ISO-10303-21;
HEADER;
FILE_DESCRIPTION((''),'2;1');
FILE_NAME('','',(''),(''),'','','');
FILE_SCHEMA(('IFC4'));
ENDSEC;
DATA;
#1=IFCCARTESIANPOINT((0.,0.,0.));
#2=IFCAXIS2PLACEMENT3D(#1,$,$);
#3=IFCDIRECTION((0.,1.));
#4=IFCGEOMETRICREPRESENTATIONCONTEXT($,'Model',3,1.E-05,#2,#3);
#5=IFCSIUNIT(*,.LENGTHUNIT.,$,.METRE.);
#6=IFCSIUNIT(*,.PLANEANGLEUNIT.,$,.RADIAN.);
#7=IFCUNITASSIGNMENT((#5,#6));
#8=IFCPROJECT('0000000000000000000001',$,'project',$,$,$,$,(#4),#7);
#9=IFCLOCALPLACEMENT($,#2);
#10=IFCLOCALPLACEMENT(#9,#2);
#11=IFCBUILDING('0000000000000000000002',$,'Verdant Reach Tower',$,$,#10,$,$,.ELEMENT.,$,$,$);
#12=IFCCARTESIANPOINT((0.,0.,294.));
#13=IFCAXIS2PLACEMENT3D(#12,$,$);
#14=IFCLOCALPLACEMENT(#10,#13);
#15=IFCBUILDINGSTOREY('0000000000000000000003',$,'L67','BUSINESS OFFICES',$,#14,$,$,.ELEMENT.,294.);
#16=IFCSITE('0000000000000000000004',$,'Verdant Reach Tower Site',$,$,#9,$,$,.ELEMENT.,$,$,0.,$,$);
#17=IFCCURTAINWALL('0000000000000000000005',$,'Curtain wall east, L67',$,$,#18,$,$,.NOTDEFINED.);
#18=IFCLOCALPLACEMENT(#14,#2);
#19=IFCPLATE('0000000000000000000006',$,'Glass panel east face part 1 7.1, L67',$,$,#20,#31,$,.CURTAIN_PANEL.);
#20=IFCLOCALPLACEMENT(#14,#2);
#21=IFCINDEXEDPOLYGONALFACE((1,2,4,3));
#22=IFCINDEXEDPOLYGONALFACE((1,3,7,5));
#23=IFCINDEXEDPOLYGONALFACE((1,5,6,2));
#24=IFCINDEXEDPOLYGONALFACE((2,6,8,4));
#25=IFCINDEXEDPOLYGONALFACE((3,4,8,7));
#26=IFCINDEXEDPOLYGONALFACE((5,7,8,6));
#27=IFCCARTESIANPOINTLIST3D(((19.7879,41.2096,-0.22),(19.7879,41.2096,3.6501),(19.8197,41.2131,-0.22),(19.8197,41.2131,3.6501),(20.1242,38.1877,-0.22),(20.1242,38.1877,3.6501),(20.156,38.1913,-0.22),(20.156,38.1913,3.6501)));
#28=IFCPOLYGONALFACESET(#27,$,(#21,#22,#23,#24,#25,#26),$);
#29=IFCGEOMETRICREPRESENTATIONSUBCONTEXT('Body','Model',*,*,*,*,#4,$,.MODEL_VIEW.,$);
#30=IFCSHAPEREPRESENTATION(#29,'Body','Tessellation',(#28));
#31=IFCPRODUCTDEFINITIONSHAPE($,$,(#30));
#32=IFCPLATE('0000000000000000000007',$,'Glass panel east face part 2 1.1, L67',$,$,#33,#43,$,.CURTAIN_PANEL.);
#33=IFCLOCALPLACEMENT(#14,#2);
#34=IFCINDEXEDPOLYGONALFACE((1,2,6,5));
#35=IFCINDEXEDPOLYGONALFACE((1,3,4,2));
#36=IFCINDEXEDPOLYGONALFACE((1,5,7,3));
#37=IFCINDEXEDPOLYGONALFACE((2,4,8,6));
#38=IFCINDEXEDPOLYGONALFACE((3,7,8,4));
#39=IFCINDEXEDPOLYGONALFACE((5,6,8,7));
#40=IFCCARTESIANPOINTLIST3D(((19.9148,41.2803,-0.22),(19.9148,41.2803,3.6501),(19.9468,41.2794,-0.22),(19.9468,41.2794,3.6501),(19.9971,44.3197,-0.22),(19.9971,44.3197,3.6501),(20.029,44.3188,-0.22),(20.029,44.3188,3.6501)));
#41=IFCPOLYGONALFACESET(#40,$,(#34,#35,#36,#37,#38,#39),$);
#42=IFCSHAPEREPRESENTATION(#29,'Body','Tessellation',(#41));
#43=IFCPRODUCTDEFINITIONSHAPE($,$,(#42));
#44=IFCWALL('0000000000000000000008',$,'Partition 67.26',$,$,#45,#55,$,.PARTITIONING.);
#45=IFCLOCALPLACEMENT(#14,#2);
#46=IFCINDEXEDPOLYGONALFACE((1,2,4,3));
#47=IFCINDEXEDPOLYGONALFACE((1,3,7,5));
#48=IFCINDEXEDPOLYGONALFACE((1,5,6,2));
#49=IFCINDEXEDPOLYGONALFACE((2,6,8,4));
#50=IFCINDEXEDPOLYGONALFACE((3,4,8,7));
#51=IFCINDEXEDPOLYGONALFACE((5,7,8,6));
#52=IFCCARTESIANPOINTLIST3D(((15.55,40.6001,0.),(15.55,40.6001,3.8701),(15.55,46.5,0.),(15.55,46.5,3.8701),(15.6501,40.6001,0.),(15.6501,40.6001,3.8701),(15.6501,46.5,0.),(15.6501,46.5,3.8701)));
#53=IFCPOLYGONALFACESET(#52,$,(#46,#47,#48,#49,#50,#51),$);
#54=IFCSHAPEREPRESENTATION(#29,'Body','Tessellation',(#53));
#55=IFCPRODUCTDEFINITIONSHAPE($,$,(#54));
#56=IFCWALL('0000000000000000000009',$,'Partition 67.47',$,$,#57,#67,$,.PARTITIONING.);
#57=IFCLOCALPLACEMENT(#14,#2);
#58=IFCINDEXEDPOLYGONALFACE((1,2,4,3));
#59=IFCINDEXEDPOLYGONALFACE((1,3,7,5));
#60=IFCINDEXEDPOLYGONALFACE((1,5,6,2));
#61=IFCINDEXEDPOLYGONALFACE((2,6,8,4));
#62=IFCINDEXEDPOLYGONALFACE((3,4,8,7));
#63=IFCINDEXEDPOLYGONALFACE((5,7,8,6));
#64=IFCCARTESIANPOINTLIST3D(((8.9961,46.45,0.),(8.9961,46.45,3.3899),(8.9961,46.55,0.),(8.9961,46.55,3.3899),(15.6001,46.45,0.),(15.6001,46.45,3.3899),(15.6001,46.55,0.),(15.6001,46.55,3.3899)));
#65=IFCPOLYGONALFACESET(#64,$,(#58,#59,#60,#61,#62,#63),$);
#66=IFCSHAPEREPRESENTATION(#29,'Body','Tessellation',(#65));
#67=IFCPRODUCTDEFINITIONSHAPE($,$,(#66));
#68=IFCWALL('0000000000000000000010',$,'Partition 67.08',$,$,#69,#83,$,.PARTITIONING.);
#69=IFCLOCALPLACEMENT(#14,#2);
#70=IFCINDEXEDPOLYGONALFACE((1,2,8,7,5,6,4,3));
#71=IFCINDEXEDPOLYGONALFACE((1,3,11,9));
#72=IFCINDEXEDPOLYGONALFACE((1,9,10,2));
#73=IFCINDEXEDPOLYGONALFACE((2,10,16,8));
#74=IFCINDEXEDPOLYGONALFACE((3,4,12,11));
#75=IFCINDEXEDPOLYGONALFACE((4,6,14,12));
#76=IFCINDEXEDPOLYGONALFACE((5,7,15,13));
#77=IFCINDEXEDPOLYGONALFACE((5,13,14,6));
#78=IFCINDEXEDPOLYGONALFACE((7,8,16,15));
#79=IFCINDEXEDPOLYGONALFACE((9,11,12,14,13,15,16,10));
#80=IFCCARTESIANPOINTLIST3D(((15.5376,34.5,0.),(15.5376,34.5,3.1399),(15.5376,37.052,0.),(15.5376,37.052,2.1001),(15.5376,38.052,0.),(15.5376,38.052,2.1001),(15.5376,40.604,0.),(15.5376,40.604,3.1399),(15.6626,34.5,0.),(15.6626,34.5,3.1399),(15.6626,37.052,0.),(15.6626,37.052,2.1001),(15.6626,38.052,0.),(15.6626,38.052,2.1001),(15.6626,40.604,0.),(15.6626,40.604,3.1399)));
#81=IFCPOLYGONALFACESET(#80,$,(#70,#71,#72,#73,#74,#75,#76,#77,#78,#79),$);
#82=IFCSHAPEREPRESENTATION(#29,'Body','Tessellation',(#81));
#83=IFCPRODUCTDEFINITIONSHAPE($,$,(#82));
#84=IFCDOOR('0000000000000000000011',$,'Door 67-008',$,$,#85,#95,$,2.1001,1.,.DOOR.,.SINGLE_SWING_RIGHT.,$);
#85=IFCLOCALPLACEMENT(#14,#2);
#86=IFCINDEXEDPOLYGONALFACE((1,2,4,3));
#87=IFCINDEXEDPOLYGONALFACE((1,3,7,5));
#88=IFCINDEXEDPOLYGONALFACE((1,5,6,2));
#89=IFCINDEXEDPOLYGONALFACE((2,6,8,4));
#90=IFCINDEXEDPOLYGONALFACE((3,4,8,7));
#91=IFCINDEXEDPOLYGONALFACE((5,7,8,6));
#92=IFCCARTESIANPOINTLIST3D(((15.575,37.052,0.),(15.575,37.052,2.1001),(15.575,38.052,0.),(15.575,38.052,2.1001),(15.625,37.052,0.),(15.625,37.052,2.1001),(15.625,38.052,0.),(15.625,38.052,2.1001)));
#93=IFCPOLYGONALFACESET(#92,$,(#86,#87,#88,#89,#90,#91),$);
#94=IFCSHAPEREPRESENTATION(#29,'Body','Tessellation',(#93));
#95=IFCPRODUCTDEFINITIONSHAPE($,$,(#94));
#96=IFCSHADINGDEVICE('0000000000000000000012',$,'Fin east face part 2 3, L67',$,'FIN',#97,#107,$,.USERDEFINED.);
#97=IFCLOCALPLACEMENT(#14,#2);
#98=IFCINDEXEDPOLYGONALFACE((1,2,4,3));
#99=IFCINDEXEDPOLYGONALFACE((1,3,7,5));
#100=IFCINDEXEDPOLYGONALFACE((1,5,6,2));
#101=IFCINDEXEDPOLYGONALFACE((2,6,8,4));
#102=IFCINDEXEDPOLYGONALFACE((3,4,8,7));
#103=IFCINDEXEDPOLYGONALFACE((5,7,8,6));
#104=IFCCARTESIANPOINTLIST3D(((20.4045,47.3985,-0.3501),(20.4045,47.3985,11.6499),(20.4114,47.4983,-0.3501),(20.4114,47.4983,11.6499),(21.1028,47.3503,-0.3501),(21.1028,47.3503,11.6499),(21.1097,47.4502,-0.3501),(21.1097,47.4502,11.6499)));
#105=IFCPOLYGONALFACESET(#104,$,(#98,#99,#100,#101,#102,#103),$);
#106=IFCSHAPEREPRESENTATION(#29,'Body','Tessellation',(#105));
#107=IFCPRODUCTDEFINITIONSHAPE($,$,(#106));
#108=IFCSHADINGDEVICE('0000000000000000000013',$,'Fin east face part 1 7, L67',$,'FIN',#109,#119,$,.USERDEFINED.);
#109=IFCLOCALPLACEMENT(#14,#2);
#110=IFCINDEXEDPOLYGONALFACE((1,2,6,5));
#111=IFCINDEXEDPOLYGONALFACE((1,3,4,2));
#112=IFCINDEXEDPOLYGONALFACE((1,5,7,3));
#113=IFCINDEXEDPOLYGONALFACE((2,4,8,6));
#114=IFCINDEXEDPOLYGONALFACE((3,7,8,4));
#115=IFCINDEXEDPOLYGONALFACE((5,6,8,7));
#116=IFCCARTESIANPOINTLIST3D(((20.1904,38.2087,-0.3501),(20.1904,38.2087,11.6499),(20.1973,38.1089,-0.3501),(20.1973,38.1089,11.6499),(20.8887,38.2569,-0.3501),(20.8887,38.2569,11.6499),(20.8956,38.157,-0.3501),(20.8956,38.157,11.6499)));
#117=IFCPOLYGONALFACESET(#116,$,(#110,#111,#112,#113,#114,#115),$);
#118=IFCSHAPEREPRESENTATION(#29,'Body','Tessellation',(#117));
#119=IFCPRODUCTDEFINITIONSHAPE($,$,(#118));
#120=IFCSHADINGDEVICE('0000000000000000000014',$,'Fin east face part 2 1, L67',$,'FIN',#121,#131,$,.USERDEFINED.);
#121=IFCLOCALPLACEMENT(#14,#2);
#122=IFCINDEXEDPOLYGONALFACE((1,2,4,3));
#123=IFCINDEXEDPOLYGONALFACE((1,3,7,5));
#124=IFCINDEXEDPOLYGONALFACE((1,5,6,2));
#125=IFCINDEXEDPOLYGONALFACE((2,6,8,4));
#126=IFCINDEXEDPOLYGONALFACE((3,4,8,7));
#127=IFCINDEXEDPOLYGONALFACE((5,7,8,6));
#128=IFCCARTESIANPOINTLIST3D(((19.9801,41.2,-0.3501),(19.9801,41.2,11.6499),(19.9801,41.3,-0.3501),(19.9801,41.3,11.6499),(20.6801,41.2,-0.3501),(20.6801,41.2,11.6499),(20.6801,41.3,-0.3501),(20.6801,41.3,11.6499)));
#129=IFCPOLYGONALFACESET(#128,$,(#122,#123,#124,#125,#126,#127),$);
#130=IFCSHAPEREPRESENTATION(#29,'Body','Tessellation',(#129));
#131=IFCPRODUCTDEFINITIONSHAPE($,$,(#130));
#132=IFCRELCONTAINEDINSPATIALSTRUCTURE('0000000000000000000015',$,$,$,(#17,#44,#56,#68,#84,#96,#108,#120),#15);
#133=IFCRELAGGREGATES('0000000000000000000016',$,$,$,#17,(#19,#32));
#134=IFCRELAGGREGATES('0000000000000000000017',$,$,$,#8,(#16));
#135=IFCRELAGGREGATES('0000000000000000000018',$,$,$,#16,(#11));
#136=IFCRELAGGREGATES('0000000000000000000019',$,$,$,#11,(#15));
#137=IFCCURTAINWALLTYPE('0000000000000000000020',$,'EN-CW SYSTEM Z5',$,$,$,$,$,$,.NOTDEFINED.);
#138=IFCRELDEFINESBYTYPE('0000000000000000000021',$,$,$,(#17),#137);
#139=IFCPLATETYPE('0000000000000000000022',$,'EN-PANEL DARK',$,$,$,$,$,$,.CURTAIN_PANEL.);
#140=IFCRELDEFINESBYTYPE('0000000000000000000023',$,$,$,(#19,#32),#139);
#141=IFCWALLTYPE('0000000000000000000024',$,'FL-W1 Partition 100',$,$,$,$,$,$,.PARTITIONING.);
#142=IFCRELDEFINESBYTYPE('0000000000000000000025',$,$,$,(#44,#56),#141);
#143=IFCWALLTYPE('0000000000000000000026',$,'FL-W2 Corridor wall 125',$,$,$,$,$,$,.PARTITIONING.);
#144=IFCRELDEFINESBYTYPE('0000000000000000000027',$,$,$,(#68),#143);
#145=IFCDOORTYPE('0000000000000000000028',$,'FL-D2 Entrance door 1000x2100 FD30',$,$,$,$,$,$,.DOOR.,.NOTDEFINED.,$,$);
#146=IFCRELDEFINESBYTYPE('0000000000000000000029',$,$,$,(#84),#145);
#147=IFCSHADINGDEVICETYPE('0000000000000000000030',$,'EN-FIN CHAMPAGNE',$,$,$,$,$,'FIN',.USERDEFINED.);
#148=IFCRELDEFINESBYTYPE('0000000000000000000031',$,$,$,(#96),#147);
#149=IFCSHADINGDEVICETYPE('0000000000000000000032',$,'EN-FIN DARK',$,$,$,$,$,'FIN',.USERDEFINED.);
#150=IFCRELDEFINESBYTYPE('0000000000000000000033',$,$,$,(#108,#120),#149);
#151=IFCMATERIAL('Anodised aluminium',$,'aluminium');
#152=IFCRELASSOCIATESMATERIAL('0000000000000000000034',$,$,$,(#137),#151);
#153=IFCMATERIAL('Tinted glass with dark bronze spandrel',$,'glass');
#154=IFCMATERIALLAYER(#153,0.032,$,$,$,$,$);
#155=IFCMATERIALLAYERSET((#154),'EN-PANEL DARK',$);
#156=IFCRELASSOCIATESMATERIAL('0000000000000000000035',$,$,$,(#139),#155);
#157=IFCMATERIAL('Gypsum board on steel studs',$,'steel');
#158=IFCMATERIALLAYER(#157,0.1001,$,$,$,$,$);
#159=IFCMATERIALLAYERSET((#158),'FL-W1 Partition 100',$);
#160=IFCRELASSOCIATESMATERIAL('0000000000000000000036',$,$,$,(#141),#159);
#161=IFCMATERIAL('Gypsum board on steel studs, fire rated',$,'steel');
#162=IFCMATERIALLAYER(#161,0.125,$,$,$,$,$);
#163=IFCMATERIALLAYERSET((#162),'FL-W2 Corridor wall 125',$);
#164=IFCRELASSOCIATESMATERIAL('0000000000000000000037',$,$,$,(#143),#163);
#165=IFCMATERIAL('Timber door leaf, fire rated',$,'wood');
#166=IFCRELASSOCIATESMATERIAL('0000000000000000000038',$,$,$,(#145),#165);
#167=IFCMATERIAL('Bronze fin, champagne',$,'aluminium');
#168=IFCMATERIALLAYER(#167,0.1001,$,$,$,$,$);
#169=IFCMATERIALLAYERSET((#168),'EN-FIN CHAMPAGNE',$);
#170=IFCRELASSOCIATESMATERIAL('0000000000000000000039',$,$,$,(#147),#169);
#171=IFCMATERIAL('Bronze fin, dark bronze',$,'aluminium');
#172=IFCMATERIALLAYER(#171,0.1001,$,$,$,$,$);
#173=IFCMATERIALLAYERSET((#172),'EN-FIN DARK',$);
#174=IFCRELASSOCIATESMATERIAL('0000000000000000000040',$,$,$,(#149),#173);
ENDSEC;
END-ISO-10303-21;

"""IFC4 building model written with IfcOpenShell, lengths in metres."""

from ifc_helpers import new_model, si_unit, direction, frame, frame_2d, origin, origin_2d, place, context, subcontext, project, spatial, rectangle, extrude, material, layer, layer_set, type_object, element, fill, aggregate, save


model = new_model("IFC4")

# Units and contexts
model_context = context("Model", 3, precision=1e-05, world=origin(), true_north=direction((0.0, 1.0)))
body_context = subcontext(model_context, "Body", "Model", "MODEL_VIEW")
ifc_project = project(units=[si_unit("LENGTHUNIT", "METRE"), si_unit("PLANEANGLEUNIT", "RADIAN")], contexts=[model_context])

# Site, building, storey
site_placement = place(None, origin())
site = spatial("IfcSite", under=ifc_project, at=site_placement, Name="Verdant Reach Tower Site", CompositionType="ELEMENT", RefElevation=0.0)
building_placement = place(site_placement, origin())
building = spatial("IfcBuilding", under=site, at=building_placement, Name="Verdant Reach Tower", CompositionType="ELEMENT")
storey_placement = place(building_placement, frame((0.0, 0.0, 294.0)))
storey = spatial("IfcBuildingStorey", under=building, at=storey_placement, Name="L67", Description="BUSINESS OFFICES", CompositionType="ELEMENT", Elevation=294.0)

# Curtain wall
ifc_material_1 = material(Name="Anodised aluminium", Category="aluminium")
curtain_wall_type = type_object("IfcCurtainWallType", Name="EN-CW SYSTEM Z5", PredefinedType="NOTDEFINED", material=ifc_material_1)
curtain_wall_placement = place(storey_placement, origin())
curtain_wall = element("IfcCurtainWall", 1, at=curtain_wall_placement, inside=storey, type_object=curtain_wall_type, Name="Curtain wall east, L67", PredefinedType="NOTDEFINED")

# Plates
ifc_material_2 = material(Name="Tinted glass with dark bronze spandrel", Category="glass")
ifc_layer_1 = layer(ifc_material_2, 0.032)
ifc_layer_set_1 = layer_set([ifc_layer_1], Name="EN-PANEL DARK")
plate_type_1 = type_object("IfcPlateType", Name="EN-PANEL DARK", PredefinedType="CURTAIN_PANEL", material=ifc_layer_set_1)
plate_1_placement = place(storey_placement, frame((19.9719, 39.7004, -0.22), z_axis=(0.0, 0.0, 1.0), x_axis=(-0.110605, 0.993864, 0.0)))
plate_1 = element("IfcPlate", 2, at=plate_1_placement, type_object=plate_type_1, Name="Glass panel east face part 1 7.1, L67", PredefinedType="CURTAIN_PANEL", context=body_context, shape_type="SweptSolid", body=[
    extrude(rectangle(XDim=3.0405, YDim=0.032, at=origin_2d()), origin(), (0.0, 0.0, 1.0), 3.8701),
])
plate_2_placement = place(storey_placement, frame((19.9719, 42.7996, -0.22), z_axis=(0.0, 0.0, 1.0), x_axis=(0.027053, 0.999634, 0.0)))
plate_2 = element("IfcPlate", 3, at=plate_2_placement, type_object=plate_type_1, Name="Glass panel east face part 2 1.1, L67", PredefinedType="CURTAIN_PANEL", context=body_context, shape_type="SweptSolid", body=[
    extrude(rectangle(XDim=3.0405, YDim=0.032, at=origin_2d()), origin(), (0.0, 0.0, 1.0), 3.8701),
])
aggregate(curtain_wall, [plate_1, plate_2])

# Walls
ifc_material_3 = material(Name="Gypsum board on steel studs", Category="steel")
ifc_layer_2 = layer(ifc_material_3, 0.1001)
ifc_layer_set_2 = layer_set([ifc_layer_2], Name="FL-W1 Partition 100")
wall_type_1 = type_object("IfcWallType", Name="FL-W1 Partition 100", PredefinedType="PARTITIONING", material=ifc_layer_set_2)
wall_1_placement = place(storey_placement, frame((15.6001, 46.5, 0.0), z_axis=(0.0, 0.0, 1.0), x_axis=(0.0, -1.0, 0.0)))
element("IfcWall", 4, at=wall_1_placement, inside=storey, type_object=wall_type_1, Name="Partition 67.26", PredefinedType="PARTITIONING", context=body_context, shape_type="SweptSolid", body=[
    extrude(rectangle(XDim=5.8999, YDim=0.1001, at=frame_2d((2.95, 0.0))), origin(), (0.0, 0.0, 1.0), 3.8701),
])
wall_2_placement = place(storey_placement, frame((15.6001, 46.5, 0.0), z_axis=(0.0, 0.0, 1.0), x_axis=(-1.0, 0.0, 0.0)))
element("IfcWall", 5, at=wall_2_placement, inside=storey, type_object=wall_type_1, Name="Partition 67.47", PredefinedType="PARTITIONING", context=body_context, shape_type="SweptSolid", body=[
    extrude(rectangle(XDim=6.604, YDim=0.1001, at=frame_2d((3.302, 0.0))), origin(), (0.0, 0.0, 1.0), 3.3899),
])

# Wall, opening, door
ifc_material_4 = material(Name="Gypsum board on steel studs, fire rated", Category="steel")
ifc_layer_3 = layer(ifc_material_4, 0.125)
ifc_layer_set_3 = layer_set([ifc_layer_3], Name="FL-W2 Corridor wall 125")
wall_type_2 = type_object("IfcWallType", Name="FL-W2 Corridor wall 125", PredefinedType="PARTITIONING", material=ifc_layer_set_3)
wall_3_placement = place(storey_placement, frame((15.6001, 40.604, 0.0), z_axis=(0.0, 0.0, 1.0), x_axis=(0.0, -1.0, 0.0)))
wall_3 = element("IfcWall", 6, at=wall_3_placement, inside=storey, type_object=wall_type_2, Name="Partition 67.08", PredefinedType="PARTITIONING", context=body_context, shape_type="SweptSolid", body=[
    extrude(rectangle(XDim=6.104, YDim=0.125, at=frame_2d((3.052, 0.0))), origin(), (0.0, 0.0, 1.0), 3.1399),
])
opening_placement = place(wall_3_placement, frame((2.552, 0.0, 0.0)))
opening = element("IfcOpeningElement", 7, at=opening_placement, cuts=wall_3, PredefinedType="OPENING", context=body_context, shape_type="SweptSolid", body=[
    extrude(rectangle(XDim=1.0, YDim=2.1001, at=frame_2d((0.5, 1.05))), frame((0.0, 0.0725, 0.0), z_axis=(0.0, -1.0, 0.0), x_axis=(1.0, 0.0, 0.0)), (0.0, 0.0, 1.0), 0.145),
])
ifc_material_5 = material(Name="Timber door leaf, fire rated", Category="wood")
door_type = type_object("IfcDoorType", Name="FL-D2 Entrance door 1000x2100 FD30", OperationType="NOTDEFINED", PredefinedType="DOOR", material=ifc_material_5)
door_placement = place(opening_placement, origin())
door = element("IfcDoor", 8, at=door_placement, inside=storey, type_object=door_type, Name="Door 67-008", OperationType="SINGLE_SWING_RIGHT", OverallHeight=2.1001, OverallWidth=1.0, PredefinedType="DOOR", context=body_context, shape_type="SweptSolid", body=[
    extrude(rectangle(XDim=1.0, YDim=2.1001, at=frame_2d((0.5, 1.05))), frame((0.0, 0.0249, 0.0), z_axis=(0.0, -1.0, 0.0), x_axis=(1.0, 0.0, 0.0)), (0.0, 0.0, 1.0), 0.05),
])
fill(opening, door)

# Shading devices
ifc_material_6 = material(Name="Bronze fin, champagne", Category="aluminium")
ifc_layer_4 = layer(ifc_material_6, 0.1001)
ifc_layer_set_4 = layer_set([ifc_layer_4], Name="EN-FIN CHAMPAGNE")
shading_device_type_1 = type_object("IfcShadingDeviceType", Name="EN-FIN CHAMPAGNE", ElementType="FIN", PredefinedType="USERDEFINED", material=ifc_layer_set_4)
shading_device_placement = place(storey_placement, frame((20.7571, 47.4243, -0.3501), z_axis=(0.0, 0.0, 1.0), x_axis=(0.068802, 0.99763, 0.0)))
element("IfcShadingDevice", 9, at=shading_device_placement, inside=storey, type_object=shading_device_type_1, Name="Fin east face part 2 3, L67", ObjectType="FIN", PredefinedType="USERDEFINED", context=body_context, shape_type="SweptSolid", body=[
    extrude(rectangle(XDim=0.1001, YDim=0.7, at=origin_2d()), origin(), (0.0, 0.0, 1.0), 12.0),
])
ifc_material_7 = material(Name="Bronze fin, dark bronze", Category="aluminium")
ifc_layer_5 = layer(ifc_material_7, 0.1001)
ifc_layer_set_5 = layer_set([ifc_layer_5], Name="EN-FIN DARK")
shading_device_type_2 = type_object("IfcShadingDeviceType", Name="EN-FIN DARK", ElementType="FIN", PredefinedType="USERDEFINED", material=ifc_layer_set_5)
for number, where, z_axis, x_axis, name in (
    (10, (20.543, 38.1829, -0.3501), (0.0, 0.0, 1.0), (-0.068802, 0.99763, 0.0), "Fin east face part 1 7, L67"),
    (11, (20.3301, 41.25, -0.3501), (0.0, 0.0, 1.0), (0.0, 1.0, 0.0), "Fin east face part 2 1, L67"),
):
    element("IfcShadingDevice", number, at=place(storey_placement, frame(where, z_axis=z_axis, x_axis=x_axis)), inside=storey, type_object=shading_device_type_2, Name=name, ObjectType="FIN", PredefinedType="USERDEFINED", context=body_context, shape_type="SweptSolid", body=[
        extrude(rectangle(XDim=0.1001, YDim=0.7, at=origin_2d()), origin(), (0.0, 0.0, 1.0), 12.0),
    ])

save(model, "model.ifc")
